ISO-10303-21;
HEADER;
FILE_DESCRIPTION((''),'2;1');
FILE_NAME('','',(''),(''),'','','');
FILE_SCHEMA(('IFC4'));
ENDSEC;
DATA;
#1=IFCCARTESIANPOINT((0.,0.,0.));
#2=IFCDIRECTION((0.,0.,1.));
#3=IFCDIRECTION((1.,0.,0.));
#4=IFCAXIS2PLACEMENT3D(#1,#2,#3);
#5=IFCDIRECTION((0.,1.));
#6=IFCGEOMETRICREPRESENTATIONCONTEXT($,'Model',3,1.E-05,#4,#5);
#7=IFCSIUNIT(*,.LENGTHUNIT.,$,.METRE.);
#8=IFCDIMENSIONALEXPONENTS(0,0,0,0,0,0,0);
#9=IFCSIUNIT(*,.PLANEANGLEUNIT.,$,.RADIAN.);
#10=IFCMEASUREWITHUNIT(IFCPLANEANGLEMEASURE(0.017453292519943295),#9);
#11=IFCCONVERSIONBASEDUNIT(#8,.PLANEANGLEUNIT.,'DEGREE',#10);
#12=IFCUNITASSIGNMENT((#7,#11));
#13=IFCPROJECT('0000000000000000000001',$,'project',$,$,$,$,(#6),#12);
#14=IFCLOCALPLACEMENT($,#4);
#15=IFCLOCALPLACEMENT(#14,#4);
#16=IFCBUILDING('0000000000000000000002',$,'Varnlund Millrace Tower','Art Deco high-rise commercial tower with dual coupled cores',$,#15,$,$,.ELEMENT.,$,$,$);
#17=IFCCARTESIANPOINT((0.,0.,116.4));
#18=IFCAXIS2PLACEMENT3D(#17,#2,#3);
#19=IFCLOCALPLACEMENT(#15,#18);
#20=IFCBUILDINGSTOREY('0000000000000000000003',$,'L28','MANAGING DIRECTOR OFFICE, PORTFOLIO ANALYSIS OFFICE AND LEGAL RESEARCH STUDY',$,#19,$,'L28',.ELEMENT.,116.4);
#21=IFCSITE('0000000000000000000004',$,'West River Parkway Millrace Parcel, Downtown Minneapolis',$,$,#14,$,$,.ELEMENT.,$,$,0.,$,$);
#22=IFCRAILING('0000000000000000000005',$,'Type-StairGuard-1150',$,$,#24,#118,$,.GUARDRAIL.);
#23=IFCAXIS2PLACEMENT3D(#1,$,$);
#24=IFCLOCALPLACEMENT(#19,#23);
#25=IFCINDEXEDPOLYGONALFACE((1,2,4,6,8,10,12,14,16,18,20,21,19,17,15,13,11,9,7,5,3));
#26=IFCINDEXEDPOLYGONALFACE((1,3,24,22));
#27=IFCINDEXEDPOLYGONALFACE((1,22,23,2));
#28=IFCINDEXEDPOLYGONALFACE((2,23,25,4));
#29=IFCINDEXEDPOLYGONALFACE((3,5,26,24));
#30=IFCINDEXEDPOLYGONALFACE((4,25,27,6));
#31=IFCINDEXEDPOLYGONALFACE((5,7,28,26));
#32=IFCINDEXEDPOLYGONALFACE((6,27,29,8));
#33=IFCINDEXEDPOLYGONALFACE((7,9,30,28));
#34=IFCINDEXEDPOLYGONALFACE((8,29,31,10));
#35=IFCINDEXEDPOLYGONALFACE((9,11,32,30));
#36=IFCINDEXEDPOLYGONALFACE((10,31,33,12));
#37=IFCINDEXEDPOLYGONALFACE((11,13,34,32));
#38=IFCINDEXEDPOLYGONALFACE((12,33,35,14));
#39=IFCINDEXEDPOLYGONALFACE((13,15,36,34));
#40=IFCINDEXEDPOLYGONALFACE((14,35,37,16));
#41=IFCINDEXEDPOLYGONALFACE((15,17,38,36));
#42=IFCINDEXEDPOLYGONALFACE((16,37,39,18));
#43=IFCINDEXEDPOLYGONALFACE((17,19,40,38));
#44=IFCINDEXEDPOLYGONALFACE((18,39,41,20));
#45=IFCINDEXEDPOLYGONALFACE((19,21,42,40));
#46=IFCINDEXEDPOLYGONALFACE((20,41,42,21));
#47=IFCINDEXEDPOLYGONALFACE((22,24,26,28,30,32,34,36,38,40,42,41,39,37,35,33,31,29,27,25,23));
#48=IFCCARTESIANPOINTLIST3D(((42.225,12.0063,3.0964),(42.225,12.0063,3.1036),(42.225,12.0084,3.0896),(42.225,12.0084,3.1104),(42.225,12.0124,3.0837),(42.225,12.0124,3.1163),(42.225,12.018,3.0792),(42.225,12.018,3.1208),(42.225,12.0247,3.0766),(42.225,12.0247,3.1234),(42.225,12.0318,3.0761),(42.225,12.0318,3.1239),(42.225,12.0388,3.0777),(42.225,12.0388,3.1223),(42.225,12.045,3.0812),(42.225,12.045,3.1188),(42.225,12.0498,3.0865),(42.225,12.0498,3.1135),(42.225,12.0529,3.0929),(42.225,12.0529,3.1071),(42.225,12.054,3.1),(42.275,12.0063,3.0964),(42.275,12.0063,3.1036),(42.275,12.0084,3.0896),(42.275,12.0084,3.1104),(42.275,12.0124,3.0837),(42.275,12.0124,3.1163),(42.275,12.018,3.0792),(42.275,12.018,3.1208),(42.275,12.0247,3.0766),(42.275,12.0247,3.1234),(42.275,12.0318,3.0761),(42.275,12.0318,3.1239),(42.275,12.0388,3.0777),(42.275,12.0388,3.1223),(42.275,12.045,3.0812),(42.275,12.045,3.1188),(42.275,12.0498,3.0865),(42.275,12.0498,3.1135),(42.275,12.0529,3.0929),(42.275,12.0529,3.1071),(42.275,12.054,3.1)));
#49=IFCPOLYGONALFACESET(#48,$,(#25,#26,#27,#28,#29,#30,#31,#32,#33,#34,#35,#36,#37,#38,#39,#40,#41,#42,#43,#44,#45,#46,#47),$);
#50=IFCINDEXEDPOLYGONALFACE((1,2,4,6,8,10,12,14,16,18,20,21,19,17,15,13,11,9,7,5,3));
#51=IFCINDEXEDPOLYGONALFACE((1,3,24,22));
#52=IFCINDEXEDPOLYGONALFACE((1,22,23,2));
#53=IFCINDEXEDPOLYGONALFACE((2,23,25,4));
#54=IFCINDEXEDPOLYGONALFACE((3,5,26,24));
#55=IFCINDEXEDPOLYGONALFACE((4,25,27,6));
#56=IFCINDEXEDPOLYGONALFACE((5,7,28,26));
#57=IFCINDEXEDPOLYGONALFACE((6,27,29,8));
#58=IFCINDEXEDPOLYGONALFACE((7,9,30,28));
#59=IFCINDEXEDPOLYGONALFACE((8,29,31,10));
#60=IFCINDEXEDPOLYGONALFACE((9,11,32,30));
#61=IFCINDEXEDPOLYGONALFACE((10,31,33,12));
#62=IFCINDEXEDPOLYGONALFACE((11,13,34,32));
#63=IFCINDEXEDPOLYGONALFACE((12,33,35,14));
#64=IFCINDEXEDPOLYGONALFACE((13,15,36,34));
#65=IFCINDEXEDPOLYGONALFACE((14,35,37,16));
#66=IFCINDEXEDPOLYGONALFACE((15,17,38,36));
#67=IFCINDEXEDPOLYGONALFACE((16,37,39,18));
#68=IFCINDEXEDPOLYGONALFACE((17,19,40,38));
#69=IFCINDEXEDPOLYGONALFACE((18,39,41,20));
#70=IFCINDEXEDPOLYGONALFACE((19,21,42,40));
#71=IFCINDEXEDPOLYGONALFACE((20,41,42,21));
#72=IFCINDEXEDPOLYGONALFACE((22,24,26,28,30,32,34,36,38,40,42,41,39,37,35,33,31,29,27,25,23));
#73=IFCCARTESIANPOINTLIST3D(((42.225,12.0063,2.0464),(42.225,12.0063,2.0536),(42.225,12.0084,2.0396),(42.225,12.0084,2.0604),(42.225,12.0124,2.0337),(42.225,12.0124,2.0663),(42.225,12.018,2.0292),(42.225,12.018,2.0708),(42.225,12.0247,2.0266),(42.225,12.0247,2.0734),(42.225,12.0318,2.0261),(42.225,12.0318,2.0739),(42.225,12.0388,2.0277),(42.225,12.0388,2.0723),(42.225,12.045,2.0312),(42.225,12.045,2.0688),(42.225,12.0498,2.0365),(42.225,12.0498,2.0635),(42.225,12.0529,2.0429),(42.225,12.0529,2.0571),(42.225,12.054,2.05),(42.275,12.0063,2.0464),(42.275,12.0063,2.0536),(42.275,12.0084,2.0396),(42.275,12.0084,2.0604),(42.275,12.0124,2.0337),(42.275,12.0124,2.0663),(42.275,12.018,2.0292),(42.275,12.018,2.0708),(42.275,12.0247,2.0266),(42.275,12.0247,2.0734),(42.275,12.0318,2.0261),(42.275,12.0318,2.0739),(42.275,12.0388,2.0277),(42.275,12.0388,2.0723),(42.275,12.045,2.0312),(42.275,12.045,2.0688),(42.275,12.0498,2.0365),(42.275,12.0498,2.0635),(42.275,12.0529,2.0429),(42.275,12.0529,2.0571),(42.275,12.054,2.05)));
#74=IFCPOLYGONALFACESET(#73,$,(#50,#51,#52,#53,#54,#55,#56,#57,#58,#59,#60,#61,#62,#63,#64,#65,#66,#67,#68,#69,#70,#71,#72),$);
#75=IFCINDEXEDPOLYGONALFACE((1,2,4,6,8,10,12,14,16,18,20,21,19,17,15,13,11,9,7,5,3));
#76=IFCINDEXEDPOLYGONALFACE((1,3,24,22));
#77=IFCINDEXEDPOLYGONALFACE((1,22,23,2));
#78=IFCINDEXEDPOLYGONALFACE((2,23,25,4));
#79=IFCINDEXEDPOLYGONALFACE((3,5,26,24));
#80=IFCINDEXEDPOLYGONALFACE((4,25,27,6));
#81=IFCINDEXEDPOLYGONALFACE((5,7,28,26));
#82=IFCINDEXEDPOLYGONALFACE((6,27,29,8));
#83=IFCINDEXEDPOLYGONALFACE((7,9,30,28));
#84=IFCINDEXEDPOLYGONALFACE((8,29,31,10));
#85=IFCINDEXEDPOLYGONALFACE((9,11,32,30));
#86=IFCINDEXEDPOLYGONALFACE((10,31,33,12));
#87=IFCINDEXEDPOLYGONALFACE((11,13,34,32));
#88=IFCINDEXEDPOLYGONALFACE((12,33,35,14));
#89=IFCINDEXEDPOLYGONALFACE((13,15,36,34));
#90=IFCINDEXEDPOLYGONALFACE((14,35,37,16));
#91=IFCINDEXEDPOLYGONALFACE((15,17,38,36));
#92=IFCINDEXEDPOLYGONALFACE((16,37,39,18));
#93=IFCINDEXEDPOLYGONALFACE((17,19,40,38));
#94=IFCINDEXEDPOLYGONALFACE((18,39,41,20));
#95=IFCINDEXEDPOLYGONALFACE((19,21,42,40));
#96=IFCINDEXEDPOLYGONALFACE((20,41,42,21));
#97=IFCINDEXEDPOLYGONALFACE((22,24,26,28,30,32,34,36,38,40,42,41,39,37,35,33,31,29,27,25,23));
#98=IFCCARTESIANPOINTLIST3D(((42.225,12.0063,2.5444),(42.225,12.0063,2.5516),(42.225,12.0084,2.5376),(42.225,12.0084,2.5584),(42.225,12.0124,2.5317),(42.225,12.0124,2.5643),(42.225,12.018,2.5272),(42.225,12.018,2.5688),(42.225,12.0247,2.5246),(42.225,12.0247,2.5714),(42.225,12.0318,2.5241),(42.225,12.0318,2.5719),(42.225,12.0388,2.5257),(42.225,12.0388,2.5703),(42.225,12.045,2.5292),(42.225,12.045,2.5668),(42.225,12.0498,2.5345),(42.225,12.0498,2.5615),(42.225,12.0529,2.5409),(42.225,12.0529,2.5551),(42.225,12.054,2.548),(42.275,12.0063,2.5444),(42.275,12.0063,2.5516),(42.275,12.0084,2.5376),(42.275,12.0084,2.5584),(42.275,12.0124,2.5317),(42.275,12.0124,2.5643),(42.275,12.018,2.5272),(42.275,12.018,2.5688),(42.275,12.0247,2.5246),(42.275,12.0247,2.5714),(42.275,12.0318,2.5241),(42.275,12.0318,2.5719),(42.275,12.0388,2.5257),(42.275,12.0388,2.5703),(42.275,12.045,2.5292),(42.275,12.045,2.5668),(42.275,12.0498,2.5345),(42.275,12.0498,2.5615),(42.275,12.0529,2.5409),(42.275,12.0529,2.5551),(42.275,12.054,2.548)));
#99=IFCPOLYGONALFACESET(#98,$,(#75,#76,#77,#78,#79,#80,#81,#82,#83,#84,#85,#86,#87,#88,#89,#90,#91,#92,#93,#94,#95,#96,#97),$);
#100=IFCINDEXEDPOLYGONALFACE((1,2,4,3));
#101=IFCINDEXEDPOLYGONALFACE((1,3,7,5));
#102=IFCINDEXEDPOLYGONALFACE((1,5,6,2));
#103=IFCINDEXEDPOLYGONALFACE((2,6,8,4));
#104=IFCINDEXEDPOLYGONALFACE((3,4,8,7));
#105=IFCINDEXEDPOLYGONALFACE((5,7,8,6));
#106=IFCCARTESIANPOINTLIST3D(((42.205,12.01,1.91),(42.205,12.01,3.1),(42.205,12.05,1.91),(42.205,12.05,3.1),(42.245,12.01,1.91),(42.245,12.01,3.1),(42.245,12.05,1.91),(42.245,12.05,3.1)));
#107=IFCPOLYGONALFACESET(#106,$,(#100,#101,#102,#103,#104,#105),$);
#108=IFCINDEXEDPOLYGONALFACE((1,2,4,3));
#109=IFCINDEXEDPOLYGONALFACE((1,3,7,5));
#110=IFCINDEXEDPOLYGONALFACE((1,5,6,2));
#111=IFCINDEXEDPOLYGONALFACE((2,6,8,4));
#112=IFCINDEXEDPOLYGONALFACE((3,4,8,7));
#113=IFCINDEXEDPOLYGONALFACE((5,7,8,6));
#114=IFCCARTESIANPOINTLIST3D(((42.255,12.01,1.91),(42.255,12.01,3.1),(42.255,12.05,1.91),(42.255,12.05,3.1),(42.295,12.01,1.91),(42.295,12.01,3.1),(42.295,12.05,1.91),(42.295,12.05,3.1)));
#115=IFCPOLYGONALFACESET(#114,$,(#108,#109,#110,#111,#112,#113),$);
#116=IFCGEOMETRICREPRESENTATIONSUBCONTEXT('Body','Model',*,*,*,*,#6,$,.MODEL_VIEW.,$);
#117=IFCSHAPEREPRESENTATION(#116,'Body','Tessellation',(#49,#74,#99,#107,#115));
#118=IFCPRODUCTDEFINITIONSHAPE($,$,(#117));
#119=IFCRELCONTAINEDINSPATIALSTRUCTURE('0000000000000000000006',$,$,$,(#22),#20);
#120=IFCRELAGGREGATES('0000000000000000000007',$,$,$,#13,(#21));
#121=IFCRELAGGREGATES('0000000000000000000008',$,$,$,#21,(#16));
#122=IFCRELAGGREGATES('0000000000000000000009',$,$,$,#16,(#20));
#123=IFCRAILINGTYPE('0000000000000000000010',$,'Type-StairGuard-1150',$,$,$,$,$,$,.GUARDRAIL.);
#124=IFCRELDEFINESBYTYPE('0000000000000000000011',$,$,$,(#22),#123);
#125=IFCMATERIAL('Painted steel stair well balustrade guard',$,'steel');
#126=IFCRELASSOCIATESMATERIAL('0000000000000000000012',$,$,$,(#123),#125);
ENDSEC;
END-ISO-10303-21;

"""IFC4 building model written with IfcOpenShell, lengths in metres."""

from ifc_helpers import new_model, entity, si_unit, converted_unit, direction, frame, origin_with_axes, origin_2d_with_axis, place, context, subcontext, project, spatial, rectangle, circle, extrude, material, type_object, element, save


model = new_model("IFC4")

# Units and contexts
model_context = context("Model", 3, precision=1e-05, world=origin_with_axes(), true_north=direction((0.0, 1.0)))
body_context = subcontext(model_context, "Body", "Model", "MODEL_VIEW")
ifc_project = project(units=[si_unit("LENGTHUNIT", "METRE"), converted_unit("PLANEANGLEUNIT", "DEGREE", entity("IfcPlaneAngleMeasure", 0.017453292519943295), si_unit("PLANEANGLEUNIT", "RADIAN"), dimensions=[0, 0, 0, 0, 0, 0, 0])], contexts=[model_context])

# Site, building, storey
site_placement = place(None, origin_with_axes())
site = spatial("IfcSite", under=ifc_project, at=site_placement, Name="West River Parkway Millrace Parcel, Downtown Minneapolis", CompositionType="ELEMENT", RefElevation=0.0)
building_placement = place(site_placement, origin_with_axes())
building = spatial("IfcBuilding", under=site, at=building_placement, Name="Varnlund Millrace Tower", Description="Art Deco high-rise commercial tower with dual coupled cores", CompositionType="ELEMENT")
storey_placement = place(building_placement, frame((0.0, 0.0, 116.4), z_axis=(0.0, 0.0, 1.0), x_axis=(1.0, 0.0, 0.0)))
storey = spatial("IfcBuildingStorey", under=building, at=storey_placement, Name="L28", Description="MANAGING DIRECTOR OFFICE, PORTFOLIO ANALYSIS OFFICE AND LEGAL RESEARCH STUDY", LongName="L28", CompositionType="ELEMENT", Elevation=116.4)

# Railing
ifc_material_1 = material(Name="Painted steel stair well balustrade guard", Category="steel")
railing_type_1 = type_object("IfcRailingType", Name="Type-StairGuard-1150", PredefinedType="GUARDRAIL", material=ifc_material_1)
railing_1_placement = place(storey_placement, frame((0.0, 0.0, -116.4), z_axis=(0.0, 0.0, 1.0), x_axis=(1.0, 0.0, 0.0)))
element("IfcRailing", 1, at=railing_1_placement, inside=storey, type_object=railing_type_1, Name="Type-StairGuard-1150", PredefinedType="GUARDRAIL", context=body_context, shape_type="SweptSolid", body=[
    extrude(circle(Radius=0.024, at=origin_2d_with_axis()), frame((42.225, 12.03, 119.5), z_axis=(1.0, 0.0, 0.0), x_axis=(0.0, 1.0, 0.0)), (0.0, 0.0, 1.0), 0.05),
    extrude(circle(Radius=0.024, at=origin_2d_with_axis()), frame((42.225, 12.03, 118.45), z_axis=(1.0, 0.0, 0.0), x_axis=(0.0, 1.0, 0.0)), (0.0, 0.0, 1.0), 0.05),
    extrude(circle(Radius=0.024, at=origin_2d_with_axis()), frame((42.225, 12.03, 118.948), z_axis=(1.0, 0.0, 0.0), x_axis=(0.0, 1.0, 0.0)), (0.0, 0.0, 1.0), 0.05),
    extrude(rectangle(XDim=0.04, YDim=0.04, at=origin_2d_with_axis()), frame((42.225, 12.03, 118.31), z_axis=(0.0, 0.0, 1.0), x_axis=(1.0, 0.0, 0.0)), (0.0, 0.0, 1.0), 1.19),
    extrude(rectangle(XDim=0.04, YDim=0.04, at=origin_2d_with_axis()), frame((42.275, 12.03, 118.31), z_axis=(0.0, 0.0, 1.0), x_axis=(1.0, 0.0, 0.0)), (0.0, 0.0, 1.0), 1.19),
])

save(model, "model.ifc")
